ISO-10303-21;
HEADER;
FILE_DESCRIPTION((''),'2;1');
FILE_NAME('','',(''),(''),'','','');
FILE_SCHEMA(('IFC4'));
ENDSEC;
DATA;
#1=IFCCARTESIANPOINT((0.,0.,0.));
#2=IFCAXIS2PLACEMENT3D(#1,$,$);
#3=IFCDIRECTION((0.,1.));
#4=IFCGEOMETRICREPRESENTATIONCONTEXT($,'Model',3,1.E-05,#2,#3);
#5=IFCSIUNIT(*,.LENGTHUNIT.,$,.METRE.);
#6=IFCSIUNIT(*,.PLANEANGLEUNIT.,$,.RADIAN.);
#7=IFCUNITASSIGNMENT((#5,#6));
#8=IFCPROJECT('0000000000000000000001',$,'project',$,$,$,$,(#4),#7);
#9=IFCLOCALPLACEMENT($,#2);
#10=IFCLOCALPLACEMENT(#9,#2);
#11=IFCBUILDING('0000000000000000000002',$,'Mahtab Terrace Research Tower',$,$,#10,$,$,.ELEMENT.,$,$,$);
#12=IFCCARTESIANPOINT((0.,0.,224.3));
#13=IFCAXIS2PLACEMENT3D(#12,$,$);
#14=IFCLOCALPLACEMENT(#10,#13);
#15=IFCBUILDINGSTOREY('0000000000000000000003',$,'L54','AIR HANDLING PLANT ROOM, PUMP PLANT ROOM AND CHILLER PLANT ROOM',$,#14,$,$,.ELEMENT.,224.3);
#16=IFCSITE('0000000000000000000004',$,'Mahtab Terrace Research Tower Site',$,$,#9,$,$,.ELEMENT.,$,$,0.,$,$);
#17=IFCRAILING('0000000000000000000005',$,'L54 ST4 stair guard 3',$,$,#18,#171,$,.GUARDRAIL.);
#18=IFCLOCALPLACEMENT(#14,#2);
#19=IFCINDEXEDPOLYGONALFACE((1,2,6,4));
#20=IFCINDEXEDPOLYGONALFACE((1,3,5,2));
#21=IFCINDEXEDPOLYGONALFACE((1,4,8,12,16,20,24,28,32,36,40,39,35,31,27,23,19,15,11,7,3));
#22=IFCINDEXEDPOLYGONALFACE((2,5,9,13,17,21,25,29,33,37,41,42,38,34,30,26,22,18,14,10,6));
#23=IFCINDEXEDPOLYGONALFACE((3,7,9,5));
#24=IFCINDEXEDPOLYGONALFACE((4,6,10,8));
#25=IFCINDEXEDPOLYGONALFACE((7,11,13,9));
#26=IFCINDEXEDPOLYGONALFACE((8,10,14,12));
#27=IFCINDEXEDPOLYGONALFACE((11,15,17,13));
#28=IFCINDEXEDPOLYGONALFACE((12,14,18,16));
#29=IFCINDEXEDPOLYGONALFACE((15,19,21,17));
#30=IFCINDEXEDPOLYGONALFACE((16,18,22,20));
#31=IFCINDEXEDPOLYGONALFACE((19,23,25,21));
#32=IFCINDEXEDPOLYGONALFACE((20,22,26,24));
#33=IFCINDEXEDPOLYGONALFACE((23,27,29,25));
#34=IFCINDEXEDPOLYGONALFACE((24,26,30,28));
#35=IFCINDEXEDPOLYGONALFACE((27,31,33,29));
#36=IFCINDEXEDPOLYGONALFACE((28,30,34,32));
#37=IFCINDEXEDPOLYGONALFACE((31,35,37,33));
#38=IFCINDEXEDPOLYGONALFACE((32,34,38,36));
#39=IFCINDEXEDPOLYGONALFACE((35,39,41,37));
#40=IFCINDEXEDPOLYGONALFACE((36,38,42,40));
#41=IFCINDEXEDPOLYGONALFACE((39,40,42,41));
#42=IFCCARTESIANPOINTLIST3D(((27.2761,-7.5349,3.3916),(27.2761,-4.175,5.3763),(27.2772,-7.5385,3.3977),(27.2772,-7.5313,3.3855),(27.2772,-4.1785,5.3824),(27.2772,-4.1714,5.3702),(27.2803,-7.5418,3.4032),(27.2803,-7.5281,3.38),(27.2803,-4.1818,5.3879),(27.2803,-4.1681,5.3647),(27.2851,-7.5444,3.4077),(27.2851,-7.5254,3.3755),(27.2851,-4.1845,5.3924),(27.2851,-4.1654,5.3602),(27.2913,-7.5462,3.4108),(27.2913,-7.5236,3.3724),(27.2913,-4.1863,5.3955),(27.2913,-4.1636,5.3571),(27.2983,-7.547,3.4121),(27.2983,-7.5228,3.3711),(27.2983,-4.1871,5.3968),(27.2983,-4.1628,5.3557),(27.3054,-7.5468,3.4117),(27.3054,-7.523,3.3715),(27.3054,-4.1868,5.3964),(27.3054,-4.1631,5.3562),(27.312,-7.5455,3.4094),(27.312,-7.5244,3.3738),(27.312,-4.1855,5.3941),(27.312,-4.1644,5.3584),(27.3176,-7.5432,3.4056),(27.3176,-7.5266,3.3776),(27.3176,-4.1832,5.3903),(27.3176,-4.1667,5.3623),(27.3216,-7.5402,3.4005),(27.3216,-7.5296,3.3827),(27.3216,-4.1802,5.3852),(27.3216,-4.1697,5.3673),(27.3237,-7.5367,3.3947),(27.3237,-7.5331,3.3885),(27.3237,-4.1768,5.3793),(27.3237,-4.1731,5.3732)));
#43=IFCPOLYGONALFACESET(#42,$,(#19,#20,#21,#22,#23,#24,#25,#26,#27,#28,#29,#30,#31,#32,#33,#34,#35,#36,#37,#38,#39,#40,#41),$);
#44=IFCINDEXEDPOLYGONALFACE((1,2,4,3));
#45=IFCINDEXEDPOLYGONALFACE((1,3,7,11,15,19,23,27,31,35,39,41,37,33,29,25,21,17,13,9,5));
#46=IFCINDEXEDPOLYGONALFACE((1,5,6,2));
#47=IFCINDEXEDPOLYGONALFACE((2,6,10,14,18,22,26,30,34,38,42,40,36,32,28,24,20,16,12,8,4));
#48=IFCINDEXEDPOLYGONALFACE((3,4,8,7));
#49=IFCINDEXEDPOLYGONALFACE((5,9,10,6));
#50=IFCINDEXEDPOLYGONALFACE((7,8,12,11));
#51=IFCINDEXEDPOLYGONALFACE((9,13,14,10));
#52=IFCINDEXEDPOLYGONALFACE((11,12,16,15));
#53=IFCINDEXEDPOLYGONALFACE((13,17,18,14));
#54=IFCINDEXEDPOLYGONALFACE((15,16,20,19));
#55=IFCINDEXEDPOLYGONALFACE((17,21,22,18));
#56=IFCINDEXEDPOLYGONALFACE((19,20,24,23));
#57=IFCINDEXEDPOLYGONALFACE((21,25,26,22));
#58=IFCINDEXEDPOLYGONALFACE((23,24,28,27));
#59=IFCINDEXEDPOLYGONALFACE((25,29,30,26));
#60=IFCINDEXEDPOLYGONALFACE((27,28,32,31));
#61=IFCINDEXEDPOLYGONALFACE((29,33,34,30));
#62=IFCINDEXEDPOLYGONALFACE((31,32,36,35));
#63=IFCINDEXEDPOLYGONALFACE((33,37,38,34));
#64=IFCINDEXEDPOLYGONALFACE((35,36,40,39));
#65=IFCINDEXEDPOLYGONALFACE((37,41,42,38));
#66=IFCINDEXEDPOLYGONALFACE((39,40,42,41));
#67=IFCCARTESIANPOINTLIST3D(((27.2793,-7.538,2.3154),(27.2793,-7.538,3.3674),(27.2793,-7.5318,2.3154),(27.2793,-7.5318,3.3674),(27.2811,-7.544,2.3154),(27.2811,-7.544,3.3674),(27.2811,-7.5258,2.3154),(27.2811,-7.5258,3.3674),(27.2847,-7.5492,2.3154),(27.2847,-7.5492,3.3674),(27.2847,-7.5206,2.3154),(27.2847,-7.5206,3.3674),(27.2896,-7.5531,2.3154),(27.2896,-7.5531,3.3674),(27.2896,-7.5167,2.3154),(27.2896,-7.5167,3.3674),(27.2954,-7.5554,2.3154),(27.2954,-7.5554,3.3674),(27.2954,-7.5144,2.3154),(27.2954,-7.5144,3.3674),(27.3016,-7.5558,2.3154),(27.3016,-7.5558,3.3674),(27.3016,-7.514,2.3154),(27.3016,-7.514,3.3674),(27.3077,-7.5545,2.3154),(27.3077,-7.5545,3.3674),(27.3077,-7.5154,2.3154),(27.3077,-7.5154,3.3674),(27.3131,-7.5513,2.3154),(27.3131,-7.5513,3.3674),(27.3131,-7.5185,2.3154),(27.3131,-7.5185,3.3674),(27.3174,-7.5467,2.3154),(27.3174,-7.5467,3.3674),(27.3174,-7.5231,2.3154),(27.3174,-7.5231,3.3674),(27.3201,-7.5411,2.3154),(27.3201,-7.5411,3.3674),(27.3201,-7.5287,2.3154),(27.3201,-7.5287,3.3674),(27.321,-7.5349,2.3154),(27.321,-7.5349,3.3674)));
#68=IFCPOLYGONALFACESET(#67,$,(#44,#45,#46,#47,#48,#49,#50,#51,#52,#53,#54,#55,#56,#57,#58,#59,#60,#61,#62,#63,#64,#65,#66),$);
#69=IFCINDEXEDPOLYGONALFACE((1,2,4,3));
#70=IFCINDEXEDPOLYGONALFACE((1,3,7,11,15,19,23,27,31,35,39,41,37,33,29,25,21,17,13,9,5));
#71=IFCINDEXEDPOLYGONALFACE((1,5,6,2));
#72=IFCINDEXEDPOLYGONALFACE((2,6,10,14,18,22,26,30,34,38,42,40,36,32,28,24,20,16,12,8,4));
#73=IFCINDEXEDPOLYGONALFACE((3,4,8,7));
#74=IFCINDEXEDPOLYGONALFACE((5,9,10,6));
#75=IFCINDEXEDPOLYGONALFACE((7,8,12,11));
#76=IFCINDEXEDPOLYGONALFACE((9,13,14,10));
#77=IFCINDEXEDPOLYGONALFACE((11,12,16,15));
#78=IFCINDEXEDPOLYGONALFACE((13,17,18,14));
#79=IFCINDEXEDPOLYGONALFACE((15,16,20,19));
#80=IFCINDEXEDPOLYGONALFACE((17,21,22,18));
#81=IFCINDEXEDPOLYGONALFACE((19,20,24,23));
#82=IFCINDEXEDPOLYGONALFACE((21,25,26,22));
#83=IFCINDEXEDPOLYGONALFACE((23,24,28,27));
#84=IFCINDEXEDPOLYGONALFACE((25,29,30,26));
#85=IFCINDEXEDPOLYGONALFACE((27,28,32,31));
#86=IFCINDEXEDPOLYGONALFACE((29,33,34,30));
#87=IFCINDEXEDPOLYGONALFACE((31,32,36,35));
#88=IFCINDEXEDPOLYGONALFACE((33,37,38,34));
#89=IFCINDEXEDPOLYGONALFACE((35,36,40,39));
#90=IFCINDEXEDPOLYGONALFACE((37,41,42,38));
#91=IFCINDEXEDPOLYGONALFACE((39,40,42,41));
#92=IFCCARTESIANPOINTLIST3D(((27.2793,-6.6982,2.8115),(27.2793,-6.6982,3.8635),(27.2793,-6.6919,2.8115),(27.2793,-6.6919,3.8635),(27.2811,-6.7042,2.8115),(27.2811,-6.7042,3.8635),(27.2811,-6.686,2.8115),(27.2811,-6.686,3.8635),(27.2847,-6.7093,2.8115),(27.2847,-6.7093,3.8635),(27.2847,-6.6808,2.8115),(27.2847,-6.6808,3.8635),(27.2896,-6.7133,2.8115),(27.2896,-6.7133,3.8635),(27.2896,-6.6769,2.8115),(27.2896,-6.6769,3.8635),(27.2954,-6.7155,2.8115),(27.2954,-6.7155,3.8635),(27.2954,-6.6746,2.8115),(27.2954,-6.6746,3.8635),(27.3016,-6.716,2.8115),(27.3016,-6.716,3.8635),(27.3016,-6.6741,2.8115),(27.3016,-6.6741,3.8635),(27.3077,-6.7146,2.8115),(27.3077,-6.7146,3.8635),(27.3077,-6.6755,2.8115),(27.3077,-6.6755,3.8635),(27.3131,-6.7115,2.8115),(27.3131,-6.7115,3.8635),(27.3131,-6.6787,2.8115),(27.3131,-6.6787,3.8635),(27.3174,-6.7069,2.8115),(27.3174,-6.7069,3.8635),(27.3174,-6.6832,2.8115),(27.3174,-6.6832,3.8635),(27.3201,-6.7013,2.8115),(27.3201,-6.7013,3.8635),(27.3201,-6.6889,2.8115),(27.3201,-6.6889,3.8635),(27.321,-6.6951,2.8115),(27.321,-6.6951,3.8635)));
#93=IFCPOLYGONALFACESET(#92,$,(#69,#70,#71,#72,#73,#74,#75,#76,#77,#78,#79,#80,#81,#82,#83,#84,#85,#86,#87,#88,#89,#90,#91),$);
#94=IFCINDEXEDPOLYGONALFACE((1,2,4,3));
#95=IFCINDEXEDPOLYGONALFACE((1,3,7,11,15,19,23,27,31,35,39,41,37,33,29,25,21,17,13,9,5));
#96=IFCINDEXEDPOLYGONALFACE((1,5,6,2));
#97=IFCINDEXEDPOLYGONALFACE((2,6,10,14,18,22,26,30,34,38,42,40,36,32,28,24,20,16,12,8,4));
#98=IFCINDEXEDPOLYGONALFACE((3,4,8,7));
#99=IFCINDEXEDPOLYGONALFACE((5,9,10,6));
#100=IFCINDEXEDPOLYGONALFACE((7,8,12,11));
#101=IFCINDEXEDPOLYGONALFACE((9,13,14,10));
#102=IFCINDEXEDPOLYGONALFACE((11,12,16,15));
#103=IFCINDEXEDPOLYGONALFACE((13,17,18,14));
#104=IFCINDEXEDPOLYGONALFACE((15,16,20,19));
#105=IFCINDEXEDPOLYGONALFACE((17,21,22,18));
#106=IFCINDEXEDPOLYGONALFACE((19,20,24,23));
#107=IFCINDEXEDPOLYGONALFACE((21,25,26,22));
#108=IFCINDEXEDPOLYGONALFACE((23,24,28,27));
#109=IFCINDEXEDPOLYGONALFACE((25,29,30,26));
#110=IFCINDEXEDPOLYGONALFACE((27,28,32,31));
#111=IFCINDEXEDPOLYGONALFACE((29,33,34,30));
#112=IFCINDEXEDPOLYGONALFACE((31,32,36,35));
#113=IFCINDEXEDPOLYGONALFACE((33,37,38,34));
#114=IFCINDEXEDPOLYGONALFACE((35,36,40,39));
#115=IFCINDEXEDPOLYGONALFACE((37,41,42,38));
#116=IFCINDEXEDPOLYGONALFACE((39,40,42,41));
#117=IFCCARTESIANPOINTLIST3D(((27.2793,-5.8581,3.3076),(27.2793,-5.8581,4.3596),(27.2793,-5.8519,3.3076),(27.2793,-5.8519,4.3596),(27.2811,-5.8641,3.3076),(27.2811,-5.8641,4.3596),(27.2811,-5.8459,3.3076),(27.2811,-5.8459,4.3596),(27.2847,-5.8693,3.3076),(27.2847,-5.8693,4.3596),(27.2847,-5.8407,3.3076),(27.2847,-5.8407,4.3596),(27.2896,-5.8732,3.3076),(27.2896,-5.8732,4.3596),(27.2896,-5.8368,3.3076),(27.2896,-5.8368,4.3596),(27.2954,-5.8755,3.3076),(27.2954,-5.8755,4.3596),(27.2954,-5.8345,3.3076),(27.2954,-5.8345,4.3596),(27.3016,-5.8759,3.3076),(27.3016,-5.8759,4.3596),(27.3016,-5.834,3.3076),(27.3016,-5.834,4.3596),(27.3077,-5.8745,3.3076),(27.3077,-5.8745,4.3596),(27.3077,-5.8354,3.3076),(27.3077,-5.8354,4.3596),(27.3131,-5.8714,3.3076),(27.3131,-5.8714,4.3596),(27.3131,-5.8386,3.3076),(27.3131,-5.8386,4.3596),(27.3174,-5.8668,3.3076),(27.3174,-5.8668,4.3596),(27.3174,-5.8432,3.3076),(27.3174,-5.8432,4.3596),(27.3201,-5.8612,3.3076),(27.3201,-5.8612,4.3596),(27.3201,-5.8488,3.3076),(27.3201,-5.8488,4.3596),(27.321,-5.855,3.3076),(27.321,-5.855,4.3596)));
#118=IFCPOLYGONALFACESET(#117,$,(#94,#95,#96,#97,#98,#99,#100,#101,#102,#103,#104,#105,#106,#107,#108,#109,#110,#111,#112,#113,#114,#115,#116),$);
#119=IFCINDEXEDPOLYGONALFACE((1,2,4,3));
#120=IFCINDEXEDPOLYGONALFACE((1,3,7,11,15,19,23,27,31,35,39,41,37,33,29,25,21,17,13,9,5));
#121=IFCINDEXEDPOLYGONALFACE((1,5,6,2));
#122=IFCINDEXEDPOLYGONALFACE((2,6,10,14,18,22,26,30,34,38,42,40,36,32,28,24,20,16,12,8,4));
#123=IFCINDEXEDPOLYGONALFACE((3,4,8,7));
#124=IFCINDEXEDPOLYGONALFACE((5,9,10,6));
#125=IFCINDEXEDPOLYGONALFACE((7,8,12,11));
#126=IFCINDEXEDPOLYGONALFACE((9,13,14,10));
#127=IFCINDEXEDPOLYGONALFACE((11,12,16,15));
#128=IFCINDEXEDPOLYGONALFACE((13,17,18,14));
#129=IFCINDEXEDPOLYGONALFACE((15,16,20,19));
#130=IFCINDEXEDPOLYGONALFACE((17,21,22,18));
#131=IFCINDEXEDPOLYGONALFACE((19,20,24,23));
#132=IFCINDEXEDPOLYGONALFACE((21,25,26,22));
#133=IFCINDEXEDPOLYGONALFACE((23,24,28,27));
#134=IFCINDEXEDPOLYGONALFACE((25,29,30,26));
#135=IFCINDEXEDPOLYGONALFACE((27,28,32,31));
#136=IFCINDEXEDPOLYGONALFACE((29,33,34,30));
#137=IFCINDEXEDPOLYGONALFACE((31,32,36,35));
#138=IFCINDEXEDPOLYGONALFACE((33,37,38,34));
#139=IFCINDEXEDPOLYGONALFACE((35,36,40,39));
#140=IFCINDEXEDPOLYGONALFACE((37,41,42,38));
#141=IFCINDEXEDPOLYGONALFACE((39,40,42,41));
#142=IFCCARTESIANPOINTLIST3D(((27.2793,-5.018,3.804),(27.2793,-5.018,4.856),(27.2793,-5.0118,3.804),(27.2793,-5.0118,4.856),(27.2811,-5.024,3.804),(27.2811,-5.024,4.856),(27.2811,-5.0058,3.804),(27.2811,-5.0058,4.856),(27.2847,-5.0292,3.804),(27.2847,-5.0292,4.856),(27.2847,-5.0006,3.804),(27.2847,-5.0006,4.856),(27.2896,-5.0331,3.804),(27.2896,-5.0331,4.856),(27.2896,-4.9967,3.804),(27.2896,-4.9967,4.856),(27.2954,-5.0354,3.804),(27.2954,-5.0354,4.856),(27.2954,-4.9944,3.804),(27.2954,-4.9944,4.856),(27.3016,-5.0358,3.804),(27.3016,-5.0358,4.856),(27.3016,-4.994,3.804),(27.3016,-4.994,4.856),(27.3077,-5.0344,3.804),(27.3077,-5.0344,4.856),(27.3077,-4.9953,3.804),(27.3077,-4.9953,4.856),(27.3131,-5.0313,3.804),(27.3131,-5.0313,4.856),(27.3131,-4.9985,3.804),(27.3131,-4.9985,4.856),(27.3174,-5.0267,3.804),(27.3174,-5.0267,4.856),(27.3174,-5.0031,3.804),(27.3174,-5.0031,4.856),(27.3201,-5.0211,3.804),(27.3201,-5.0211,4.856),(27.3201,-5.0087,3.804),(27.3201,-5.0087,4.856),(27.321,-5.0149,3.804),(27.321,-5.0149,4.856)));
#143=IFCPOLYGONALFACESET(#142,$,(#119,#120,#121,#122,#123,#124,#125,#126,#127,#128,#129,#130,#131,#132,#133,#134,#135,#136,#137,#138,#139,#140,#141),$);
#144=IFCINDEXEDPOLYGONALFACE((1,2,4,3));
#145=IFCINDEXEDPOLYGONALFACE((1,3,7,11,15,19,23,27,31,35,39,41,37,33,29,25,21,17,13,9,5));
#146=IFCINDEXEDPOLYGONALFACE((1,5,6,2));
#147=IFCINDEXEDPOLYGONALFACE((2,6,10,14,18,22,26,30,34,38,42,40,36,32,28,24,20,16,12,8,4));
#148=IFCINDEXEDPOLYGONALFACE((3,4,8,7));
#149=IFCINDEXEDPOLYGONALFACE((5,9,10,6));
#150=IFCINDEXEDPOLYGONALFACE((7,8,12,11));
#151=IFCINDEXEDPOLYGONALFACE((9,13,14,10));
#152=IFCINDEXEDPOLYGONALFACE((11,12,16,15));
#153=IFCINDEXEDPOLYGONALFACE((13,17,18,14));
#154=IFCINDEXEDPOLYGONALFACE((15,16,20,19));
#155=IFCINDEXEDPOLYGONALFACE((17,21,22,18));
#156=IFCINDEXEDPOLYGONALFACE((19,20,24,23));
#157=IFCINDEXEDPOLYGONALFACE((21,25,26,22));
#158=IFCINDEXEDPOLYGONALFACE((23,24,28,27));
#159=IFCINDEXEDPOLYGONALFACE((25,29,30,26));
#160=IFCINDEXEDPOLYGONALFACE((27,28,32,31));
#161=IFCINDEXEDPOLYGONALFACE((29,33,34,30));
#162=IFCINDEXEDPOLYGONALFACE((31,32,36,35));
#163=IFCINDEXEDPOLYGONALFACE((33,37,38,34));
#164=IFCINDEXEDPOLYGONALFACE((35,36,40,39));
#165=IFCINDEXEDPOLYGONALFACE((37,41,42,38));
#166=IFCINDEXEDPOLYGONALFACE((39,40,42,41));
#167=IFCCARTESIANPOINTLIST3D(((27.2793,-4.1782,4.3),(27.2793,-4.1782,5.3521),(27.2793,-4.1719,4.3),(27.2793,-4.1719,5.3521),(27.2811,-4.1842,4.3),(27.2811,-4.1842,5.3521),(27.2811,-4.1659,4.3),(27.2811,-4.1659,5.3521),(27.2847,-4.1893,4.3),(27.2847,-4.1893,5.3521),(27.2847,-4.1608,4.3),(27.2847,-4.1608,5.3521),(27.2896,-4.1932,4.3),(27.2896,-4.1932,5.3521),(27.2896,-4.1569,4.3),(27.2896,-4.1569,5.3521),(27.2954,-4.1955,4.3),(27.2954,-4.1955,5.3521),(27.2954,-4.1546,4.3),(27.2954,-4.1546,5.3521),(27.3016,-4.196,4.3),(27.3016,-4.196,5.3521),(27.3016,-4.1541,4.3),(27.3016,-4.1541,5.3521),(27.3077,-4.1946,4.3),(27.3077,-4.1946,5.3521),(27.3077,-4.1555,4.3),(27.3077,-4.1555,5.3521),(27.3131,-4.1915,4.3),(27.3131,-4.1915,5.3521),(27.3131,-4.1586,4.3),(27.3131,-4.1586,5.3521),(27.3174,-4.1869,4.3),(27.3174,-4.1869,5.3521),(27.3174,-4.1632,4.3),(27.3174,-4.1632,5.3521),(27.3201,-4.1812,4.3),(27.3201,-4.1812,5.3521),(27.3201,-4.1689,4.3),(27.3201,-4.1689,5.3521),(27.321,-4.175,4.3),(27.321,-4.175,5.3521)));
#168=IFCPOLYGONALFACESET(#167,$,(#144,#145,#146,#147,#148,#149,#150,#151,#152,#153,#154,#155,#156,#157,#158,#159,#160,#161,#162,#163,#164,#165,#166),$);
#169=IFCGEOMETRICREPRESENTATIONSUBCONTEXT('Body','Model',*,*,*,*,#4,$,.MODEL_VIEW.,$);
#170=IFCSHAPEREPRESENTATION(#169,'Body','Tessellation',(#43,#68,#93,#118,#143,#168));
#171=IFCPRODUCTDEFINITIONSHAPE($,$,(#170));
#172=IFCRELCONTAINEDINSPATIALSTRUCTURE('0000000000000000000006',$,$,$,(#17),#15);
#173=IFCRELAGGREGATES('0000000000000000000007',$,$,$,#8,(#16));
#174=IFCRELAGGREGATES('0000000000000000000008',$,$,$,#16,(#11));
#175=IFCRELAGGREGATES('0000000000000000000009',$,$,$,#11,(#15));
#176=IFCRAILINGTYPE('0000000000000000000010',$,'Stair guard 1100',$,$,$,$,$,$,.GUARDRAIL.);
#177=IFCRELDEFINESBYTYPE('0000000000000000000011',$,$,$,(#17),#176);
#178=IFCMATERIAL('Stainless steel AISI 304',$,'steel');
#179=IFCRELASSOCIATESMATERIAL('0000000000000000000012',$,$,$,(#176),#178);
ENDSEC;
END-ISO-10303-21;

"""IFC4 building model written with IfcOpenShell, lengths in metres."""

from ifc_helpers import new_model, si_unit, direction, frame, origin, origin_2d, place, context, subcontext, project, spatial, circle, extrude, material, type_object, element, save


model = new_model("IFC4")

# Units and contexts
model_context = context("Model", 3, precision=1e-05, world=origin(), true_north=direction((0.0, 1.0)))
body_context = subcontext(model_context, "Body", "Model", "MODEL_VIEW")
ifc_project = project(units=[si_unit("LENGTHUNIT", "METRE"), si_unit("PLANEANGLEUNIT", "RADIAN")], contexts=[model_context])

# Site, building, storey
site_placement = place(None, origin())
site = spatial("IfcSite", under=ifc_project, at=site_placement, Name="Mahtab Terrace Research Tower Site", CompositionType="ELEMENT", RefElevation=0.0)
building_placement = place(site_placement, origin())
building = spatial("IfcBuilding", under=site, at=building_placement, Name="Mahtab Terrace Research Tower", CompositionType="ELEMENT")
storey_placement = place(building_placement, frame((0.0, 0.0, 224.3)))
storey = spatial("IfcBuildingStorey", under=building, at=storey_placement, Name="L54", Description="AIR HANDLING PLANT ROOM, PUMP PLANT ROOM AND CHILLER PLANT ROOM", CompositionType="ELEMENT", Elevation=224.3)

# Railing
ifc_material_1 = material(Name="Stainless steel AISI 304", Category="steel")
railing_type_1 = type_object("IfcRailingType", Name="Stair guard 1100", PredefinedType="GUARDRAIL", material=ifc_material_1)
railing_1_placement = place(storey_placement, frame((27.3, -7.5349, 2.3154)))
element("IfcRailing", 1, at=railing_1_placement, inside=storey, type_object=railing_type_1, Name="L54 ST4 stair guard 3", PredefinedType="GUARDRAIL", context=body_context, shape_type="SweptSolid", body=[
    extrude(circle(Radius=0.0239, at=origin_2d()), frame((0.0, 0.0, 1.0762), z_axis=(0.0, 0.861011, 0.508586), x_axis=(-1.0, 0.0, 0.0)), (0.0, 0.0, 1.0), 3.9023),
    extrude(circle(Radius=0.021, at=origin_2d()), origin(), (0.0, 0.0, 1.0), 1.052),
    extrude(circle(Radius=0.021, at=origin_2d()), frame((0.0, 0.8398, 0.4961)), (0.0, 0.0, 1.0), 1.052),
    extrude(circle(Radius=0.021, at=origin_2d()), frame((0.0, 1.6799, 0.9922)), (0.0, 0.0, 1.0), 1.052),
    extrude(circle(Radius=0.021, at=origin_2d()), frame((0.0, 2.52, 1.4885)), (0.0, 0.0, 1.0), 1.052),
    extrude(circle(Radius=0.021, at=origin_2d()), frame((0.0, 3.3599, 1.9846)), (0.0, 0.0, 1.0), 1.052),
])

save(model, "model.ifc")
